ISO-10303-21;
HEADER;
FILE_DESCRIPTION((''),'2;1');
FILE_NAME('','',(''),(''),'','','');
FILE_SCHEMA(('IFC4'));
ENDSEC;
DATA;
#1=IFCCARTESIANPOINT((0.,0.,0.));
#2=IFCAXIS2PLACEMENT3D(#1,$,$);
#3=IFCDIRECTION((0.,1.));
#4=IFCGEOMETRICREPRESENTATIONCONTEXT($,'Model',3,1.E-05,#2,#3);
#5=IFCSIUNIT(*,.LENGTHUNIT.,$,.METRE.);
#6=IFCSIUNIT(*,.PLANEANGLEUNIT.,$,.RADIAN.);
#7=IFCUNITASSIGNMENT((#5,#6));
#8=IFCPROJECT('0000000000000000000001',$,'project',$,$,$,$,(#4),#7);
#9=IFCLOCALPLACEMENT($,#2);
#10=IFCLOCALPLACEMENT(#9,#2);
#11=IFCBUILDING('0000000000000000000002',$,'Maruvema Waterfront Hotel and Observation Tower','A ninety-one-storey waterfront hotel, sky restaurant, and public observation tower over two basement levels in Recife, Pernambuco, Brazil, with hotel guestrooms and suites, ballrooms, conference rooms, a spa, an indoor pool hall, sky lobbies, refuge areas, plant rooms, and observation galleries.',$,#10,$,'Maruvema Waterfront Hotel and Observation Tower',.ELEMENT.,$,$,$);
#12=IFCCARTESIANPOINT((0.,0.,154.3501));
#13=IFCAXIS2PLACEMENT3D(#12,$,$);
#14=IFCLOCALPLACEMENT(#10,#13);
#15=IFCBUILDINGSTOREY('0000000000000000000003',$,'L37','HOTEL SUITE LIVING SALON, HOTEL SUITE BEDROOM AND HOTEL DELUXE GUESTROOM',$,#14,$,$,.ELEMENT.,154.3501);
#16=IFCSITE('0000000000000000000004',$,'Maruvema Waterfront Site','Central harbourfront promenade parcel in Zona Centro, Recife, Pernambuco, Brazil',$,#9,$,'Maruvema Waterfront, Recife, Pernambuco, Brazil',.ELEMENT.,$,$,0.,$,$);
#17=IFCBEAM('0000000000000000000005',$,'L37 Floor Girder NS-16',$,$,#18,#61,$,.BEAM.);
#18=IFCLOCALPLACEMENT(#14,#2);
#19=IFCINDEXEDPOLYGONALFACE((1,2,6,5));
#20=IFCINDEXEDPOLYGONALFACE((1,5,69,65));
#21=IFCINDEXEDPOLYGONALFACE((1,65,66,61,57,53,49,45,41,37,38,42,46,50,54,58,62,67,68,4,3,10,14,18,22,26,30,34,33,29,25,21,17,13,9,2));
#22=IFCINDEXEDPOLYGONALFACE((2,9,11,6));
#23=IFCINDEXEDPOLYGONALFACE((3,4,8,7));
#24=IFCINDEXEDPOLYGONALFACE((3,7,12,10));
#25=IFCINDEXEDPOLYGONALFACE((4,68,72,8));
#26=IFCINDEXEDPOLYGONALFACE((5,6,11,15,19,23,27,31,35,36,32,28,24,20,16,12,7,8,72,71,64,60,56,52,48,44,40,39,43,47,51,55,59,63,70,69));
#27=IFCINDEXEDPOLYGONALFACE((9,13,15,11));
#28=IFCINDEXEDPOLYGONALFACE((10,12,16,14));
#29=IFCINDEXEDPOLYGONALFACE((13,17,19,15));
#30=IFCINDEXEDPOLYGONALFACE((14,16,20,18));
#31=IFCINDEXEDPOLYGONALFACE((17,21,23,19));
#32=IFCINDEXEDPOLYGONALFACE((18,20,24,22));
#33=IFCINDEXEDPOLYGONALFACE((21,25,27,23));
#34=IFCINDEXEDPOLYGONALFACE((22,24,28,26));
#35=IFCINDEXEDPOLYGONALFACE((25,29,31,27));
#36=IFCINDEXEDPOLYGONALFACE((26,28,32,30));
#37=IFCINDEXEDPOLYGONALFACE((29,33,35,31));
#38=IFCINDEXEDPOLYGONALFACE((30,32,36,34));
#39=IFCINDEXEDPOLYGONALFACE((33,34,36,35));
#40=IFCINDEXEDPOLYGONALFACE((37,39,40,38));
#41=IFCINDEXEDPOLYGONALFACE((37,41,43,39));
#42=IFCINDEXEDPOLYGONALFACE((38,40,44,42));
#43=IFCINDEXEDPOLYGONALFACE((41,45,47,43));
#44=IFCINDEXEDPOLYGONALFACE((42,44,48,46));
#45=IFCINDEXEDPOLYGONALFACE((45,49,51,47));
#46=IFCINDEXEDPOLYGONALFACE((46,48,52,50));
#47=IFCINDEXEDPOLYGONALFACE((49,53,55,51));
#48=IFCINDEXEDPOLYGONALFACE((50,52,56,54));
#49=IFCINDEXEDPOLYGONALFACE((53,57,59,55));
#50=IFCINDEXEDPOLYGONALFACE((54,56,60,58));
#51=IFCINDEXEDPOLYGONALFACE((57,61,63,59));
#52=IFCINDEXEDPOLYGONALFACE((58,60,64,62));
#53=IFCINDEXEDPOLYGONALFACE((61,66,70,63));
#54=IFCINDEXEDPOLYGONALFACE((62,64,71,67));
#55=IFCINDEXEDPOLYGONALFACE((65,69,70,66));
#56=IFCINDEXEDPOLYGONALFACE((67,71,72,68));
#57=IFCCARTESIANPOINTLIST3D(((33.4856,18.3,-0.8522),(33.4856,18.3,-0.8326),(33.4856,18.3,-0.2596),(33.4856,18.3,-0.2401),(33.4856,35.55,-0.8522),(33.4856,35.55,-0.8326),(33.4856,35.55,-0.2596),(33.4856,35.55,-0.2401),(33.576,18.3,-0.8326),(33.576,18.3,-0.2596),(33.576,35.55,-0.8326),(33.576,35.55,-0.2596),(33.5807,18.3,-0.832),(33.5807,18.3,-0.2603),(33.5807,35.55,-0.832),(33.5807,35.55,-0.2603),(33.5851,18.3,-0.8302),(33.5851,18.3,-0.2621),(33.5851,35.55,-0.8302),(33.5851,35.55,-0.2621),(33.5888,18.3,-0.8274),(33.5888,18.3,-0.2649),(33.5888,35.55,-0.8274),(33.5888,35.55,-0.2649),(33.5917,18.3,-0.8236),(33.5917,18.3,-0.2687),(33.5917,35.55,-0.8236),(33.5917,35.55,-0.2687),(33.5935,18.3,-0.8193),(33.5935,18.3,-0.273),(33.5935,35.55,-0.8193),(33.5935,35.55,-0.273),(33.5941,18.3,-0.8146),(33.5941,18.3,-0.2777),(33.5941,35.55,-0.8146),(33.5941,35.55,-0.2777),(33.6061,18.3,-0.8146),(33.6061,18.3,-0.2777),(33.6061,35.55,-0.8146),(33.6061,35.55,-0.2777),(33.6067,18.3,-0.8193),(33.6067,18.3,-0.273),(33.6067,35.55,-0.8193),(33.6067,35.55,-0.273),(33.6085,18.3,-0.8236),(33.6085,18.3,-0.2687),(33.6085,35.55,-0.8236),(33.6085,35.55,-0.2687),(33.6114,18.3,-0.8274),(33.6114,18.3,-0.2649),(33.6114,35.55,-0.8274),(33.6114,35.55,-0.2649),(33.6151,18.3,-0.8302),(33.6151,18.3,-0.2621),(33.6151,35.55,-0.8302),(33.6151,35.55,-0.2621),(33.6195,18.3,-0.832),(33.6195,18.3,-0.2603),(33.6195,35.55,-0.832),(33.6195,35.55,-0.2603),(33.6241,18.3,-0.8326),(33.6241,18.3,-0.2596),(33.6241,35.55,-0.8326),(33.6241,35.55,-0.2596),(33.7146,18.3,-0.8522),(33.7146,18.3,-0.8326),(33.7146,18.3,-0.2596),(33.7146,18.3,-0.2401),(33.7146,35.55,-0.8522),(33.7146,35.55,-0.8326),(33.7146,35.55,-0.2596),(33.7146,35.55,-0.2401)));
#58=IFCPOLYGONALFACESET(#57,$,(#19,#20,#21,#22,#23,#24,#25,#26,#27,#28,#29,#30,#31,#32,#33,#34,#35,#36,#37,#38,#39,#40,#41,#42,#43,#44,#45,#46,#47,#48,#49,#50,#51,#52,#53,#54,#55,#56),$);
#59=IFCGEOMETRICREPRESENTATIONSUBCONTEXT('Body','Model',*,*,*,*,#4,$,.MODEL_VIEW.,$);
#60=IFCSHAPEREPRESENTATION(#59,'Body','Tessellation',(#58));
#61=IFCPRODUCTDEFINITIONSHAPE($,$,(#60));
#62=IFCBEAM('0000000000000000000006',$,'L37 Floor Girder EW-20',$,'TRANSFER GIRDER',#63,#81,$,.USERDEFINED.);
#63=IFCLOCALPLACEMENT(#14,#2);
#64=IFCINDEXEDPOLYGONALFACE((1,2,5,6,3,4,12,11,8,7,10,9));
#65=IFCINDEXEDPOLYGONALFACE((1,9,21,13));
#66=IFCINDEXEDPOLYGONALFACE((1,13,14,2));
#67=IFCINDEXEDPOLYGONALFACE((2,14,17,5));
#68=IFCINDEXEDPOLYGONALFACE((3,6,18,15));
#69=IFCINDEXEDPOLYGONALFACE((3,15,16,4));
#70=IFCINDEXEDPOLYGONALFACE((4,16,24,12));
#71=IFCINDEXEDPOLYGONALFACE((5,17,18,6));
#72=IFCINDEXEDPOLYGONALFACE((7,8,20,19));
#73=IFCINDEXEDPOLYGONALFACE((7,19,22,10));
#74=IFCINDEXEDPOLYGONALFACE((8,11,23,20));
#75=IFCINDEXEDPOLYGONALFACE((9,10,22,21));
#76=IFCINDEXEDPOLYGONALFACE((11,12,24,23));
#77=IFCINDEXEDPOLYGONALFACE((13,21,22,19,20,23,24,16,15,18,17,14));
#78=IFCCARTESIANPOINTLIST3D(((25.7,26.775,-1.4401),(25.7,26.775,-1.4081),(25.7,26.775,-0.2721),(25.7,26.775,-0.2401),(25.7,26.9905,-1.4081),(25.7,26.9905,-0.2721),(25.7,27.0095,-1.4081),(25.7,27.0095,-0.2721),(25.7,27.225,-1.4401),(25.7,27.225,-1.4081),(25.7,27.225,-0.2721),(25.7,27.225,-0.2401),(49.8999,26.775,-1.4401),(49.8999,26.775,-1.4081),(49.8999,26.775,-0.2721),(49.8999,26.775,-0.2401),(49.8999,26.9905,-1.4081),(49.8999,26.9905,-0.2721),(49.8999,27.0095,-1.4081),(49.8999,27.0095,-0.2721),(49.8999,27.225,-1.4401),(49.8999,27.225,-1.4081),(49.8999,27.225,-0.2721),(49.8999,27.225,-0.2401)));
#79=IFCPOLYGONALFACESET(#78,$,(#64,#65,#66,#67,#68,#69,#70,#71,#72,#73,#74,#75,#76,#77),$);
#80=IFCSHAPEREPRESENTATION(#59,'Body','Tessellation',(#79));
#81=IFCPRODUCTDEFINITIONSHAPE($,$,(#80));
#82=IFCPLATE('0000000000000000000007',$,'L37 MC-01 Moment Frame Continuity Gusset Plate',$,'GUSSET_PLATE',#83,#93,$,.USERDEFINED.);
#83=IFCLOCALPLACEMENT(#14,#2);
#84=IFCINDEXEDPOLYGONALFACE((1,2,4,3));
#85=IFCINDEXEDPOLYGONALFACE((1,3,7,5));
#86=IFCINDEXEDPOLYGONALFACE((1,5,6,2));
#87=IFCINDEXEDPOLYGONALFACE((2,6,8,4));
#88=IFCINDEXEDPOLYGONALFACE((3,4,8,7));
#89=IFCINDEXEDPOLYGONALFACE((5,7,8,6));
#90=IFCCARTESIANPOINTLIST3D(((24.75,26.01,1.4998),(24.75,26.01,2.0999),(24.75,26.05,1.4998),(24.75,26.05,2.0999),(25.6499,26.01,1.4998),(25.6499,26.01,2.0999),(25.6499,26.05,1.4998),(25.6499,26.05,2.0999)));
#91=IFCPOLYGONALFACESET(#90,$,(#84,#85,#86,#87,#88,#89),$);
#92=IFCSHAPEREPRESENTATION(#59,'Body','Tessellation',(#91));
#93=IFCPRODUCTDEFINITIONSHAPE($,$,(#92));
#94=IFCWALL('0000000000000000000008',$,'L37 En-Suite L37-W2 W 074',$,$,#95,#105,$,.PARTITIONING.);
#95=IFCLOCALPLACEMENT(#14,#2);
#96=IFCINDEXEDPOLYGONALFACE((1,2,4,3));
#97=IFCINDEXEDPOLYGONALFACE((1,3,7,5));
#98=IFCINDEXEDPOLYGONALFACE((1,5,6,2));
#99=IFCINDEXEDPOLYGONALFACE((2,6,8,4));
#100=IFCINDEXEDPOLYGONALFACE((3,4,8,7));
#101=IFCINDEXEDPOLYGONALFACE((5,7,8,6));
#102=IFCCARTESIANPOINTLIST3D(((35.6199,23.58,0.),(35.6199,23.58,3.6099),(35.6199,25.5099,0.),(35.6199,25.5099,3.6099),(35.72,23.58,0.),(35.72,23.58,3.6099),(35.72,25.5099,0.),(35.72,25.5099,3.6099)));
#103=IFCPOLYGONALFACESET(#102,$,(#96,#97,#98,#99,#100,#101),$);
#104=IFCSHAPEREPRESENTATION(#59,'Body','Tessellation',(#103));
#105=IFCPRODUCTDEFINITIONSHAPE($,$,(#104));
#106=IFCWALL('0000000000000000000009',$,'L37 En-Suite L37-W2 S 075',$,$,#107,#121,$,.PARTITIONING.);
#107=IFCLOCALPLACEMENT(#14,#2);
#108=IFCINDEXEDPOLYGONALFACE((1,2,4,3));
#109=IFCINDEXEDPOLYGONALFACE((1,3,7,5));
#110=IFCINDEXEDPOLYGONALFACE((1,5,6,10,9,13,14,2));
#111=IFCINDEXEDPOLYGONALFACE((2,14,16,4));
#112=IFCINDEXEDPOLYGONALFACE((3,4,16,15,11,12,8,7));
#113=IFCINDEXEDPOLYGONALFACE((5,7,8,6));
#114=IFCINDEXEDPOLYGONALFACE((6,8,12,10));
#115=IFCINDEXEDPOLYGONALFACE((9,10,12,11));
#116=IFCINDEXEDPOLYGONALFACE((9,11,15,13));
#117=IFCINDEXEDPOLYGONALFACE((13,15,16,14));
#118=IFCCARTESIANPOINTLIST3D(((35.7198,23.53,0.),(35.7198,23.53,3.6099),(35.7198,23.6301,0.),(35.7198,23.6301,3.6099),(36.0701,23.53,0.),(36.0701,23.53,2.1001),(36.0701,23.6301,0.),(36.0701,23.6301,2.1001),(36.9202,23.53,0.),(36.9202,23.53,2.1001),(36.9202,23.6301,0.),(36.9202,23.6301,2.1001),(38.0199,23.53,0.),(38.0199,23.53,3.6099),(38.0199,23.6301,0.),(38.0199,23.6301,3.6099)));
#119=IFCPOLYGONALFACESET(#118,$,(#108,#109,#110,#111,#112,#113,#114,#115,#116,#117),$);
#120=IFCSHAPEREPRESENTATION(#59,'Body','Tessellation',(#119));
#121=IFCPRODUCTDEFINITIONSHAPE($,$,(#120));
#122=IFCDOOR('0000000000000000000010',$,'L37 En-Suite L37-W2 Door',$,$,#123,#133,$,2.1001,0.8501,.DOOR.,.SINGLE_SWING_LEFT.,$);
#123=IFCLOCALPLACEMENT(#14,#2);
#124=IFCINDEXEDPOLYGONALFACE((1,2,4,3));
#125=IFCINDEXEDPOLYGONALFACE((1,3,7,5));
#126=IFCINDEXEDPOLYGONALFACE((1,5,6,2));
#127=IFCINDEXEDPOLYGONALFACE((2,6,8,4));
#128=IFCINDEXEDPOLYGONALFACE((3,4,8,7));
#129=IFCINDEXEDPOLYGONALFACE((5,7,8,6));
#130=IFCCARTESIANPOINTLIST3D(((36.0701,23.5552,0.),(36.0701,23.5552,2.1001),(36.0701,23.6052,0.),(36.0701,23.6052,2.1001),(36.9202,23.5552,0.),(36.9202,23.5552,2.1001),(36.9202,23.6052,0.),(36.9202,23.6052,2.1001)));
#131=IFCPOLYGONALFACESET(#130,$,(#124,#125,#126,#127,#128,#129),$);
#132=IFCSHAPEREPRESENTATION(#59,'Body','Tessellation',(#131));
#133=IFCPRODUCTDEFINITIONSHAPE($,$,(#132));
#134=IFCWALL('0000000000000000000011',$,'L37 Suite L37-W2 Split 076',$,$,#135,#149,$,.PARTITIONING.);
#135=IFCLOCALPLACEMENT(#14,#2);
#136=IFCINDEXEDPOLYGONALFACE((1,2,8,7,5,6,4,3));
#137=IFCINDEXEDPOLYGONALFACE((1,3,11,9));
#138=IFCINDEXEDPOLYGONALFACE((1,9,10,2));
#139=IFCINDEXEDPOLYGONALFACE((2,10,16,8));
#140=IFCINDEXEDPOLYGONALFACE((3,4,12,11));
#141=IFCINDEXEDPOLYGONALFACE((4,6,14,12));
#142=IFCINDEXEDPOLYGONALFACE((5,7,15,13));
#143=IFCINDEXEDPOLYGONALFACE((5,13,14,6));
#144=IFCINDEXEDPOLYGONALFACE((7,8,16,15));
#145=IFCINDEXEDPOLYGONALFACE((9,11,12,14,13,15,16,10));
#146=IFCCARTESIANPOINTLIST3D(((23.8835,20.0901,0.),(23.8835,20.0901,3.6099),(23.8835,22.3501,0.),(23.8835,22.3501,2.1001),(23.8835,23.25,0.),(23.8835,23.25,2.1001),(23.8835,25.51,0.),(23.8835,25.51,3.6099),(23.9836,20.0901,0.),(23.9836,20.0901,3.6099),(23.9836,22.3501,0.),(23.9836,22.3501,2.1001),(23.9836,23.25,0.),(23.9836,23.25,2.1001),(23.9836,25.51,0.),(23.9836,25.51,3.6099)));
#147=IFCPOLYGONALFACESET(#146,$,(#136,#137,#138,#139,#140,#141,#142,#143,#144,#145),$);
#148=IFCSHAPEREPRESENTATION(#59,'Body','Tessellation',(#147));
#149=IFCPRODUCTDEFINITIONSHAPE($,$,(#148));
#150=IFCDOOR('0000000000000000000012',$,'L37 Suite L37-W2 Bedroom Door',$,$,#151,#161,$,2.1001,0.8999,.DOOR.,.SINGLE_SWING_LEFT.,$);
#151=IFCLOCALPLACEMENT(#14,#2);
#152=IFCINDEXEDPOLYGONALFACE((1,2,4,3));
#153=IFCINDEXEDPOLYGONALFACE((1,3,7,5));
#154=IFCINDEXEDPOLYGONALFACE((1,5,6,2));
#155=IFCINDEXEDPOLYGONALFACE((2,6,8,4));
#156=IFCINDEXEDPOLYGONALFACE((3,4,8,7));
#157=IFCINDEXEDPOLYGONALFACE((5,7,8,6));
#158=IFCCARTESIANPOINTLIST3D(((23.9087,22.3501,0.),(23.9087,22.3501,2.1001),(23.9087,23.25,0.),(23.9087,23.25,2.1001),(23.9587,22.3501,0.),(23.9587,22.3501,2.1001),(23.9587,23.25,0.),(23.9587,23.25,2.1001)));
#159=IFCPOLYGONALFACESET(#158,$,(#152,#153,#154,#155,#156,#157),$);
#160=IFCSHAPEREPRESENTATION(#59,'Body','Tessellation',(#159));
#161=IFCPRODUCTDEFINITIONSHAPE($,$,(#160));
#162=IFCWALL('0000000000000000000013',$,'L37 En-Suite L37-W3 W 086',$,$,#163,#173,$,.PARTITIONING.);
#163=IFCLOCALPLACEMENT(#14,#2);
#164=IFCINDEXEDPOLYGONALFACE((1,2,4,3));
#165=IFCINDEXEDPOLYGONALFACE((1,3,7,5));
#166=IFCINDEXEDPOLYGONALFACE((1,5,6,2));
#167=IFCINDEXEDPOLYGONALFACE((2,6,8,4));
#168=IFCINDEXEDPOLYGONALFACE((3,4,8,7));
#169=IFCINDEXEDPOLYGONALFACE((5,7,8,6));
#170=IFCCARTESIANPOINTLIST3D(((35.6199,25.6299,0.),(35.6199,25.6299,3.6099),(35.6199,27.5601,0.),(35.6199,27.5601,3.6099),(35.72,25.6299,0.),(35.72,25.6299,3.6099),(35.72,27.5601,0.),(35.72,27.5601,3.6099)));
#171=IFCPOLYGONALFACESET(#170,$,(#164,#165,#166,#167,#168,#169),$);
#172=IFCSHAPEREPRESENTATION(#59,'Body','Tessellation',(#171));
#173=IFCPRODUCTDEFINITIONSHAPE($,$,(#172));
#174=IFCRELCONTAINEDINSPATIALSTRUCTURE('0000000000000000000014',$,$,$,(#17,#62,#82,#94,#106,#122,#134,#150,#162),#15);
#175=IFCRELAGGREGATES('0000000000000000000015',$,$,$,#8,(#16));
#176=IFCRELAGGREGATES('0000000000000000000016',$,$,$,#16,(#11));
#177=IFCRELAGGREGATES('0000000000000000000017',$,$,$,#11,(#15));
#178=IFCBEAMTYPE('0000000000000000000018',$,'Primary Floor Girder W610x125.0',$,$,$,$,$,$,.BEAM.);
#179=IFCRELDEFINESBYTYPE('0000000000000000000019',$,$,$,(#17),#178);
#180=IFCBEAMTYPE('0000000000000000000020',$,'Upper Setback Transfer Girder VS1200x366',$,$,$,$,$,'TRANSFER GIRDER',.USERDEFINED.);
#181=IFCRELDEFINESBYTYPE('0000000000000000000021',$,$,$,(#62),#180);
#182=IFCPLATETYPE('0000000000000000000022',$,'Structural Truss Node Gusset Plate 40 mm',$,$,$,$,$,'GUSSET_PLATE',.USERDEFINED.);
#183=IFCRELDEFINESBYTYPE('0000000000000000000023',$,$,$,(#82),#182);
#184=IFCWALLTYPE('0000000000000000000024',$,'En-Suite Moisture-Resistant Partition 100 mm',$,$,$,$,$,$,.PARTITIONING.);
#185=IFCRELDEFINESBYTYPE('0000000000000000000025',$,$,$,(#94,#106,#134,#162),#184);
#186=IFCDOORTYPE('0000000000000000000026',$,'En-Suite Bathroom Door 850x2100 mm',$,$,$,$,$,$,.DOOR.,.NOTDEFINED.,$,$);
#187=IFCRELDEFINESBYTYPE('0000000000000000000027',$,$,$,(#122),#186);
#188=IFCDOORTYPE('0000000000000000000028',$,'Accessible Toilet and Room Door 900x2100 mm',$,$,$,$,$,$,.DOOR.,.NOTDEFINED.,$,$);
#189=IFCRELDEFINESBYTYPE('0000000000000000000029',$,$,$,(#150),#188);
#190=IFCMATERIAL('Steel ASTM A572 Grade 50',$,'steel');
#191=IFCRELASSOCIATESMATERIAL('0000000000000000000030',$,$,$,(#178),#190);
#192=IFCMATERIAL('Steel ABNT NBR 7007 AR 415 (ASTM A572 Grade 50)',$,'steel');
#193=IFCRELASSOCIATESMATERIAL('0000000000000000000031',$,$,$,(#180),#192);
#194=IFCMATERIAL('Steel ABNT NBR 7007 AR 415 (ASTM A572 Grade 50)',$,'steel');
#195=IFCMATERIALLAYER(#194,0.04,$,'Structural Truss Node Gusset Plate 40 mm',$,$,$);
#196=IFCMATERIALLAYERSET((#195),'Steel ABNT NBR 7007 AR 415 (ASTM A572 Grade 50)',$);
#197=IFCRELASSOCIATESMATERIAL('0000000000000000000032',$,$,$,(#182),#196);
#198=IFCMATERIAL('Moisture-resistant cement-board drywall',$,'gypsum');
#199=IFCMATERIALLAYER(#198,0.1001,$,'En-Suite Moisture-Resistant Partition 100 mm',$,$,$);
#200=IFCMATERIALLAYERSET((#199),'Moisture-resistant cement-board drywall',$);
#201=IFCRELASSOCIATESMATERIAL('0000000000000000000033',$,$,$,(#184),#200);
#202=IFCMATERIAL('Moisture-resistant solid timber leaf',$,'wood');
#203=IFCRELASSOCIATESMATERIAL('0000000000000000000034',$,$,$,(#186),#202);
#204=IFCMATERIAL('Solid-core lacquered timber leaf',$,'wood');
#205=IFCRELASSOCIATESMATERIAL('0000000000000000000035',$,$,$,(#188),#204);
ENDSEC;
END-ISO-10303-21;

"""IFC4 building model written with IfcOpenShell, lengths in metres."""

from ifc_helpers import new_model, si_unit, direction, frame, frame_2d, origin, origin_2d, place, context, subcontext, project, spatial, rectangle, i_section, extrude, material, layer, layer_set, material_profile, profile_set, type_object, element, fill, save


model = new_model("IFC4")

# Units and contexts
model_context = context("Model", 3, precision=1e-05, world=origin(), true_north=direction((0.0, 1.0)))
body_context = subcontext(model_context, "Body", "Model", "MODEL_VIEW")
ifc_project = project(units=[si_unit("LENGTHUNIT", "METRE"), si_unit("PLANEANGLEUNIT", "RADIAN")], contexts=[model_context])

# Site, building, storey
site_placement = place(None, origin())
site = spatial("IfcSite", under=ifc_project, at=site_placement, Name="Maruvema Waterfront Site", Description="Central harbourfront promenade parcel in Zona Centro, Recife, Pernambuco, Brazil", LongName="Maruvema Waterfront, Recife, Pernambuco, Brazil", CompositionType="ELEMENT", RefElevation=0.0)
building_placement = place(site_placement, origin())
building = spatial("IfcBuilding", under=site, at=building_placement, Name="Maruvema Waterfront Hotel and Observation Tower", Description="A ninety-one-storey waterfront hotel, sky restaurant, and public observation tower over two basement levels in Recife, Pernambuco, Brazil, with hotel guestrooms and suites, ballrooms, conference rooms, a spa, an indoor pool hall, sky lobbies, refuge areas, plant rooms, and observation galleries.", LongName="Maruvema Waterfront Hotel and Observation Tower", CompositionType="ELEMENT")
storey_placement = place(building_placement, frame((0.0, 0.0, 154.3501)))
storey = spatial("IfcBuildingStorey", under=building, at=storey_placement, Name="L37", Description="HOTEL SUITE LIVING SALON, HOTEL SUITE BEDROOM AND HOTEL DELUXE GUESTROOM", CompositionType="ELEMENT", Elevation=154.3501)

# Beams
ifc_material_1 = material(Name="Steel ASTM A572 Grade 50", Category="steel")
ifc_material_profile_1 = material_profile(ifc_material_1, i_section(OverallWidth=0.229, OverallDepth=0.6121, WebThickness=0.012, FlangeThickness=0.0195, FilletRadius=0.0181, at=origin_2d()), Name="W610x125.0")
ifc_profile_set_1 = profile_set([ifc_material_profile_1], Name="Steel ASTM A572 Grade 50")
beam_type_1 = type_object("IfcBeamType", Name="Primary Floor Girder W610x125.0", PredefinedType="BEAM", material=ifc_profile_set_1)
beam_1_placement = place(storey_placement, frame((33.6001, 18.3, -0.5461), z_axis=(0.0, 1.0, 0.0), x_axis=(-1.0, 0.0, 0.0)))
element("IfcBeam", 1, at=beam_1_placement, inside=storey, type_object=beam_type_1, Name="L37 Floor Girder NS-16", PredefinedType="BEAM", context=body_context, shape_type="SweptSolid", body=[
    extrude(i_section(OverallWidth=0.229, OverallDepth=0.6121, WebThickness=0.012, FlangeThickness=0.0195, FilletRadius=0.0181, at=origin_2d()), origin(), (0.0, 0.0, 1.0), 17.25),
])
ifc_material_2 = material(Name="Steel ABNT NBR 7007 AR 415 (ASTM A572 Grade 50)", Category="steel")
ifc_material_profile_2 = material_profile(ifc_material_2, i_section(OverallWidth=0.45, OverallDepth=1.2, WebThickness=0.019, FlangeThickness=0.032, at=origin_2d()), Name="VS1200x366")
ifc_profile_set_2 = profile_set([ifc_material_profile_2], Name="Steel ABNT NBR 7007 AR 415 (ASTM A572 Grade 50)")
beam_type_2 = type_object("IfcBeamType", Name="Upper Setback Transfer Girder VS1200x366", ElementType="TRANSFER GIRDER", PredefinedType="USERDEFINED", material=ifc_profile_set_2)
beam_2_placement = place(storey_placement, frame((25.7, 27.0, -0.8401), z_axis=(1.0, 0.0, 0.0), x_axis=(0.0, 1.0, 0.0)))
element("IfcBeam", 2, at=beam_2_placement, inside=storey, type_object=beam_type_2, Name="L37 Floor Girder EW-20", ObjectType="TRANSFER GIRDER", PredefinedType="USERDEFINED", context=body_context, shape_type="SweptSolid", body=[
    extrude(i_section(OverallWidth=0.45, OverallDepth=1.2, WebThickness=0.019, FlangeThickness=0.032, at=origin_2d()), origin(), (0.0, 0.0, 1.0), 24.2),
])

# Plate
ifc_material_3 = material(Name="Steel ABNT NBR 7007 AR 415 (ASTM A572 Grade 50)", Category="steel")
ifc_layer_1 = layer(ifc_material_3, 0.04, Name="Structural Truss Node Gusset Plate 40 mm")
ifc_layer_set_1 = layer_set([ifc_layer_1], Name="Steel ABNT NBR 7007 AR 415 (ASTM A572 Grade 50)")
plate_type = type_object("IfcPlateType", Name="Structural Truss Node Gusset Plate 40 mm", ElementType="GUSSET_PLATE", PredefinedType="USERDEFINED", material=ifc_layer_set_1)
plate_placement = place(storey_placement, frame((25.2, 26.03, 1.4998), z_axis=(0.0, 0.0, 1.0), x_axis=(1.0, 0.0, 0.0)))
element("IfcPlate", 3, at=plate_placement, inside=storey, type_object=plate_type, Name="L37 MC-01 Moment Frame Continuity Gusset Plate", ObjectType="GUSSET_PLATE", PredefinedType="USERDEFINED", context=body_context, shape_type="SweptSolid", body=[
    extrude(rectangle(XDim=0.8999, YDim=0.04, at=origin_2d()), origin(), (0.0, 0.0, 1.0), 0.6001),
])

# Wall
ifc_material_4 = material(Name="Moisture-resistant cement-board drywall", Category="gypsum")
ifc_layer_2 = layer(ifc_material_4, 0.1001, Name="En-Suite Moisture-Resistant Partition 100 mm")
ifc_layer_set_2 = layer_set([ifc_layer_2], Name="Moisture-resistant cement-board drywall")
wall_type = type_object("IfcWallType", Name="En-Suite Moisture-Resistant Partition 100 mm", PredefinedType="PARTITIONING", material=ifc_layer_set_2)
wall_1_placement = place(storey_placement, frame((35.6699, 23.5801, 0.0), z_axis=(0.0, 0.0, 1.0), x_axis=(0.0, 1.0, 0.0)))
element("IfcWall", 4, at=wall_1_placement, inside=storey, type_object=wall_type, Name="L37 En-Suite L37-W2 W 074", PredefinedType="PARTITIONING", context=body_context, shape_type="SweptSolid", body=[
    extrude(rectangle(XDim=1.9299, YDim=0.1001, at=frame_2d((0.9648, 0.0))), origin(), (0.0, 0.0, 1.0), 3.6099),
])

# Walls, openings, doors
wall_2_placement = place(storey_placement, frame((35.72, 23.5801, 0.0), z_axis=(0.0, 0.0, 1.0), x_axis=(1.0, 0.0, 0.0)))
wall_2 = element("IfcWall", 5, at=wall_2_placement, inside=storey, type_object=wall_type, Name="L37 En-Suite L37-W2 S 075", PredefinedType="PARTITIONING", context=body_context, shape_type="SweptSolid", body=[
    extrude(rectangle(XDim=2.3, YDim=0.1001, at=frame_2d((1.1499, 0.0))), origin(), (0.0, 0.0, 1.0), 3.6099),
])
opening_1_placement = place(wall_2_placement, frame((0.3501, 0.0, 0.0)))
opening_1 = element("IfcOpeningElement", 6, at=opening_1_placement, cuts=wall_2, PredefinedType="OPENING", context=body_context, shape_type="SweptSolid", body=[
    extrude(rectangle(XDim=0.8501, YDim=2.1001, at=frame_2d((0.425, 1.05))), frame((0.0, 0.0601, 0.0), z_axis=(0.0, -1.0, 0.0), x_axis=(1.0, 0.0, 0.0)), (0.0, 0.0, 1.0), 0.1201),
])
ifc_material_5 = material(Name="Moisture-resistant solid timber leaf", Category="wood")
door_type_1 = type_object("IfcDoorType", Name="En-Suite Bathroom Door 850x2100 mm", OperationType="NOTDEFINED", PredefinedType="DOOR", material=ifc_material_5)
door_1_placement = place(opening_1_placement, frame((0.8501, 0.0, 0.0), z_axis=(0.0, 0.0, 1.0), x_axis=(-1.0, 0.0, 0.0)))
door_1 = element("IfcDoor", 7, at=door_1_placement, inside=storey, type_object=door_type_1, Name="L37 En-Suite L37-W2 Door", OperationType="SINGLE_SWING_LEFT", OverallHeight=2.1001, OverallWidth=0.8501, PredefinedType="DOOR", context=body_context, shape_type="SweptSolid", body=[
    extrude(rectangle(XDim=0.8501, YDim=2.1001, at=frame_2d((0.425, 1.05))), frame((0.0, 0.0249, 0.0), z_axis=(0.0, -1.0, 0.0), x_axis=(1.0, 0.0, 0.0)), (0.0, 0.0, 1.0), 0.05),
])
fill(opening_1, door_1)
wall_3_placement = place(storey_placement, frame((23.9336, 20.0901, 0.0), z_axis=(0.0, 0.0, 1.0), x_axis=(0.0, 1.0, 0.0)))
wall_3 = element("IfcWall", 8, at=wall_3_placement, inside=storey, type_object=wall_type, Name="L37 Suite L37-W2 Split 076", PredefinedType="PARTITIONING", context=body_context, shape_type="SweptSolid", body=[
    extrude(rectangle(XDim=5.4199, YDim=0.1001, at=frame_2d((2.71, 0.0))), origin(), (0.0, 0.0, 1.0), 3.6099),
])
opening_2_placement = place(wall_3_placement, frame((2.26, 0.0, 0.0)))
opening_2 = element("IfcOpeningElement", 9, at=opening_2_placement, cuts=wall_3, PredefinedType="OPENING", context=body_context, shape_type="SweptSolid", body=[
    extrude(rectangle(XDim=0.8999, YDim=2.1001, at=frame_2d((0.45, 1.05))), frame((0.0, 0.0601, 0.0), z_axis=(0.0, -1.0, 0.0), x_axis=(1.0, 0.0, 0.0)), (0.0, 0.0, 1.0), 0.1201),
])
ifc_material_6 = material(Name="Solid-core lacquered timber leaf", Category="wood")
door_type_2 = type_object("IfcDoorType", Name="Accessible Toilet and Room Door 900x2100 mm", OperationType="NOTDEFINED", PredefinedType="DOOR", material=ifc_material_6)
door_2_placement = place(opening_2_placement, origin())
door_2 = element("IfcDoor", 10, at=door_2_placement, inside=storey, type_object=door_type_2, Name="L37 Suite L37-W2 Bedroom Door", OperationType="SINGLE_SWING_LEFT", OverallHeight=2.1001, OverallWidth=0.8999, PredefinedType="DOOR", context=body_context, shape_type="SweptSolid", body=[
    extrude(rectangle(XDim=0.8999, YDim=2.1001, at=frame_2d((0.45, 1.05))), frame((0.0, 0.0249, 0.0), z_axis=(0.0, -1.0, 0.0), x_axis=(1.0, 0.0, 0.0)), (0.0, 0.0, 1.0), 0.05),
])
fill(opening_2, door_2)

# Wall
wall_4_placement = place(storey_placement, frame((35.6699, 25.6299, 0.0), z_axis=(0.0, 0.0, 1.0), x_axis=(0.0, 1.0, 0.0)))
element("IfcWall", 11, at=wall_4_placement, inside=storey, type_object=wall_type, Name="L37 En-Suite L37-W3 W 086", PredefinedType="PARTITIONING", context=body_context, shape_type="SweptSolid", body=[
    extrude(rectangle(XDim=1.9302, YDim=0.1001, at=frame_2d((0.9651, 0.0))), origin(), (0.0, 0.0, 1.0), 3.6099),
])

save(model, "model.ifc")
